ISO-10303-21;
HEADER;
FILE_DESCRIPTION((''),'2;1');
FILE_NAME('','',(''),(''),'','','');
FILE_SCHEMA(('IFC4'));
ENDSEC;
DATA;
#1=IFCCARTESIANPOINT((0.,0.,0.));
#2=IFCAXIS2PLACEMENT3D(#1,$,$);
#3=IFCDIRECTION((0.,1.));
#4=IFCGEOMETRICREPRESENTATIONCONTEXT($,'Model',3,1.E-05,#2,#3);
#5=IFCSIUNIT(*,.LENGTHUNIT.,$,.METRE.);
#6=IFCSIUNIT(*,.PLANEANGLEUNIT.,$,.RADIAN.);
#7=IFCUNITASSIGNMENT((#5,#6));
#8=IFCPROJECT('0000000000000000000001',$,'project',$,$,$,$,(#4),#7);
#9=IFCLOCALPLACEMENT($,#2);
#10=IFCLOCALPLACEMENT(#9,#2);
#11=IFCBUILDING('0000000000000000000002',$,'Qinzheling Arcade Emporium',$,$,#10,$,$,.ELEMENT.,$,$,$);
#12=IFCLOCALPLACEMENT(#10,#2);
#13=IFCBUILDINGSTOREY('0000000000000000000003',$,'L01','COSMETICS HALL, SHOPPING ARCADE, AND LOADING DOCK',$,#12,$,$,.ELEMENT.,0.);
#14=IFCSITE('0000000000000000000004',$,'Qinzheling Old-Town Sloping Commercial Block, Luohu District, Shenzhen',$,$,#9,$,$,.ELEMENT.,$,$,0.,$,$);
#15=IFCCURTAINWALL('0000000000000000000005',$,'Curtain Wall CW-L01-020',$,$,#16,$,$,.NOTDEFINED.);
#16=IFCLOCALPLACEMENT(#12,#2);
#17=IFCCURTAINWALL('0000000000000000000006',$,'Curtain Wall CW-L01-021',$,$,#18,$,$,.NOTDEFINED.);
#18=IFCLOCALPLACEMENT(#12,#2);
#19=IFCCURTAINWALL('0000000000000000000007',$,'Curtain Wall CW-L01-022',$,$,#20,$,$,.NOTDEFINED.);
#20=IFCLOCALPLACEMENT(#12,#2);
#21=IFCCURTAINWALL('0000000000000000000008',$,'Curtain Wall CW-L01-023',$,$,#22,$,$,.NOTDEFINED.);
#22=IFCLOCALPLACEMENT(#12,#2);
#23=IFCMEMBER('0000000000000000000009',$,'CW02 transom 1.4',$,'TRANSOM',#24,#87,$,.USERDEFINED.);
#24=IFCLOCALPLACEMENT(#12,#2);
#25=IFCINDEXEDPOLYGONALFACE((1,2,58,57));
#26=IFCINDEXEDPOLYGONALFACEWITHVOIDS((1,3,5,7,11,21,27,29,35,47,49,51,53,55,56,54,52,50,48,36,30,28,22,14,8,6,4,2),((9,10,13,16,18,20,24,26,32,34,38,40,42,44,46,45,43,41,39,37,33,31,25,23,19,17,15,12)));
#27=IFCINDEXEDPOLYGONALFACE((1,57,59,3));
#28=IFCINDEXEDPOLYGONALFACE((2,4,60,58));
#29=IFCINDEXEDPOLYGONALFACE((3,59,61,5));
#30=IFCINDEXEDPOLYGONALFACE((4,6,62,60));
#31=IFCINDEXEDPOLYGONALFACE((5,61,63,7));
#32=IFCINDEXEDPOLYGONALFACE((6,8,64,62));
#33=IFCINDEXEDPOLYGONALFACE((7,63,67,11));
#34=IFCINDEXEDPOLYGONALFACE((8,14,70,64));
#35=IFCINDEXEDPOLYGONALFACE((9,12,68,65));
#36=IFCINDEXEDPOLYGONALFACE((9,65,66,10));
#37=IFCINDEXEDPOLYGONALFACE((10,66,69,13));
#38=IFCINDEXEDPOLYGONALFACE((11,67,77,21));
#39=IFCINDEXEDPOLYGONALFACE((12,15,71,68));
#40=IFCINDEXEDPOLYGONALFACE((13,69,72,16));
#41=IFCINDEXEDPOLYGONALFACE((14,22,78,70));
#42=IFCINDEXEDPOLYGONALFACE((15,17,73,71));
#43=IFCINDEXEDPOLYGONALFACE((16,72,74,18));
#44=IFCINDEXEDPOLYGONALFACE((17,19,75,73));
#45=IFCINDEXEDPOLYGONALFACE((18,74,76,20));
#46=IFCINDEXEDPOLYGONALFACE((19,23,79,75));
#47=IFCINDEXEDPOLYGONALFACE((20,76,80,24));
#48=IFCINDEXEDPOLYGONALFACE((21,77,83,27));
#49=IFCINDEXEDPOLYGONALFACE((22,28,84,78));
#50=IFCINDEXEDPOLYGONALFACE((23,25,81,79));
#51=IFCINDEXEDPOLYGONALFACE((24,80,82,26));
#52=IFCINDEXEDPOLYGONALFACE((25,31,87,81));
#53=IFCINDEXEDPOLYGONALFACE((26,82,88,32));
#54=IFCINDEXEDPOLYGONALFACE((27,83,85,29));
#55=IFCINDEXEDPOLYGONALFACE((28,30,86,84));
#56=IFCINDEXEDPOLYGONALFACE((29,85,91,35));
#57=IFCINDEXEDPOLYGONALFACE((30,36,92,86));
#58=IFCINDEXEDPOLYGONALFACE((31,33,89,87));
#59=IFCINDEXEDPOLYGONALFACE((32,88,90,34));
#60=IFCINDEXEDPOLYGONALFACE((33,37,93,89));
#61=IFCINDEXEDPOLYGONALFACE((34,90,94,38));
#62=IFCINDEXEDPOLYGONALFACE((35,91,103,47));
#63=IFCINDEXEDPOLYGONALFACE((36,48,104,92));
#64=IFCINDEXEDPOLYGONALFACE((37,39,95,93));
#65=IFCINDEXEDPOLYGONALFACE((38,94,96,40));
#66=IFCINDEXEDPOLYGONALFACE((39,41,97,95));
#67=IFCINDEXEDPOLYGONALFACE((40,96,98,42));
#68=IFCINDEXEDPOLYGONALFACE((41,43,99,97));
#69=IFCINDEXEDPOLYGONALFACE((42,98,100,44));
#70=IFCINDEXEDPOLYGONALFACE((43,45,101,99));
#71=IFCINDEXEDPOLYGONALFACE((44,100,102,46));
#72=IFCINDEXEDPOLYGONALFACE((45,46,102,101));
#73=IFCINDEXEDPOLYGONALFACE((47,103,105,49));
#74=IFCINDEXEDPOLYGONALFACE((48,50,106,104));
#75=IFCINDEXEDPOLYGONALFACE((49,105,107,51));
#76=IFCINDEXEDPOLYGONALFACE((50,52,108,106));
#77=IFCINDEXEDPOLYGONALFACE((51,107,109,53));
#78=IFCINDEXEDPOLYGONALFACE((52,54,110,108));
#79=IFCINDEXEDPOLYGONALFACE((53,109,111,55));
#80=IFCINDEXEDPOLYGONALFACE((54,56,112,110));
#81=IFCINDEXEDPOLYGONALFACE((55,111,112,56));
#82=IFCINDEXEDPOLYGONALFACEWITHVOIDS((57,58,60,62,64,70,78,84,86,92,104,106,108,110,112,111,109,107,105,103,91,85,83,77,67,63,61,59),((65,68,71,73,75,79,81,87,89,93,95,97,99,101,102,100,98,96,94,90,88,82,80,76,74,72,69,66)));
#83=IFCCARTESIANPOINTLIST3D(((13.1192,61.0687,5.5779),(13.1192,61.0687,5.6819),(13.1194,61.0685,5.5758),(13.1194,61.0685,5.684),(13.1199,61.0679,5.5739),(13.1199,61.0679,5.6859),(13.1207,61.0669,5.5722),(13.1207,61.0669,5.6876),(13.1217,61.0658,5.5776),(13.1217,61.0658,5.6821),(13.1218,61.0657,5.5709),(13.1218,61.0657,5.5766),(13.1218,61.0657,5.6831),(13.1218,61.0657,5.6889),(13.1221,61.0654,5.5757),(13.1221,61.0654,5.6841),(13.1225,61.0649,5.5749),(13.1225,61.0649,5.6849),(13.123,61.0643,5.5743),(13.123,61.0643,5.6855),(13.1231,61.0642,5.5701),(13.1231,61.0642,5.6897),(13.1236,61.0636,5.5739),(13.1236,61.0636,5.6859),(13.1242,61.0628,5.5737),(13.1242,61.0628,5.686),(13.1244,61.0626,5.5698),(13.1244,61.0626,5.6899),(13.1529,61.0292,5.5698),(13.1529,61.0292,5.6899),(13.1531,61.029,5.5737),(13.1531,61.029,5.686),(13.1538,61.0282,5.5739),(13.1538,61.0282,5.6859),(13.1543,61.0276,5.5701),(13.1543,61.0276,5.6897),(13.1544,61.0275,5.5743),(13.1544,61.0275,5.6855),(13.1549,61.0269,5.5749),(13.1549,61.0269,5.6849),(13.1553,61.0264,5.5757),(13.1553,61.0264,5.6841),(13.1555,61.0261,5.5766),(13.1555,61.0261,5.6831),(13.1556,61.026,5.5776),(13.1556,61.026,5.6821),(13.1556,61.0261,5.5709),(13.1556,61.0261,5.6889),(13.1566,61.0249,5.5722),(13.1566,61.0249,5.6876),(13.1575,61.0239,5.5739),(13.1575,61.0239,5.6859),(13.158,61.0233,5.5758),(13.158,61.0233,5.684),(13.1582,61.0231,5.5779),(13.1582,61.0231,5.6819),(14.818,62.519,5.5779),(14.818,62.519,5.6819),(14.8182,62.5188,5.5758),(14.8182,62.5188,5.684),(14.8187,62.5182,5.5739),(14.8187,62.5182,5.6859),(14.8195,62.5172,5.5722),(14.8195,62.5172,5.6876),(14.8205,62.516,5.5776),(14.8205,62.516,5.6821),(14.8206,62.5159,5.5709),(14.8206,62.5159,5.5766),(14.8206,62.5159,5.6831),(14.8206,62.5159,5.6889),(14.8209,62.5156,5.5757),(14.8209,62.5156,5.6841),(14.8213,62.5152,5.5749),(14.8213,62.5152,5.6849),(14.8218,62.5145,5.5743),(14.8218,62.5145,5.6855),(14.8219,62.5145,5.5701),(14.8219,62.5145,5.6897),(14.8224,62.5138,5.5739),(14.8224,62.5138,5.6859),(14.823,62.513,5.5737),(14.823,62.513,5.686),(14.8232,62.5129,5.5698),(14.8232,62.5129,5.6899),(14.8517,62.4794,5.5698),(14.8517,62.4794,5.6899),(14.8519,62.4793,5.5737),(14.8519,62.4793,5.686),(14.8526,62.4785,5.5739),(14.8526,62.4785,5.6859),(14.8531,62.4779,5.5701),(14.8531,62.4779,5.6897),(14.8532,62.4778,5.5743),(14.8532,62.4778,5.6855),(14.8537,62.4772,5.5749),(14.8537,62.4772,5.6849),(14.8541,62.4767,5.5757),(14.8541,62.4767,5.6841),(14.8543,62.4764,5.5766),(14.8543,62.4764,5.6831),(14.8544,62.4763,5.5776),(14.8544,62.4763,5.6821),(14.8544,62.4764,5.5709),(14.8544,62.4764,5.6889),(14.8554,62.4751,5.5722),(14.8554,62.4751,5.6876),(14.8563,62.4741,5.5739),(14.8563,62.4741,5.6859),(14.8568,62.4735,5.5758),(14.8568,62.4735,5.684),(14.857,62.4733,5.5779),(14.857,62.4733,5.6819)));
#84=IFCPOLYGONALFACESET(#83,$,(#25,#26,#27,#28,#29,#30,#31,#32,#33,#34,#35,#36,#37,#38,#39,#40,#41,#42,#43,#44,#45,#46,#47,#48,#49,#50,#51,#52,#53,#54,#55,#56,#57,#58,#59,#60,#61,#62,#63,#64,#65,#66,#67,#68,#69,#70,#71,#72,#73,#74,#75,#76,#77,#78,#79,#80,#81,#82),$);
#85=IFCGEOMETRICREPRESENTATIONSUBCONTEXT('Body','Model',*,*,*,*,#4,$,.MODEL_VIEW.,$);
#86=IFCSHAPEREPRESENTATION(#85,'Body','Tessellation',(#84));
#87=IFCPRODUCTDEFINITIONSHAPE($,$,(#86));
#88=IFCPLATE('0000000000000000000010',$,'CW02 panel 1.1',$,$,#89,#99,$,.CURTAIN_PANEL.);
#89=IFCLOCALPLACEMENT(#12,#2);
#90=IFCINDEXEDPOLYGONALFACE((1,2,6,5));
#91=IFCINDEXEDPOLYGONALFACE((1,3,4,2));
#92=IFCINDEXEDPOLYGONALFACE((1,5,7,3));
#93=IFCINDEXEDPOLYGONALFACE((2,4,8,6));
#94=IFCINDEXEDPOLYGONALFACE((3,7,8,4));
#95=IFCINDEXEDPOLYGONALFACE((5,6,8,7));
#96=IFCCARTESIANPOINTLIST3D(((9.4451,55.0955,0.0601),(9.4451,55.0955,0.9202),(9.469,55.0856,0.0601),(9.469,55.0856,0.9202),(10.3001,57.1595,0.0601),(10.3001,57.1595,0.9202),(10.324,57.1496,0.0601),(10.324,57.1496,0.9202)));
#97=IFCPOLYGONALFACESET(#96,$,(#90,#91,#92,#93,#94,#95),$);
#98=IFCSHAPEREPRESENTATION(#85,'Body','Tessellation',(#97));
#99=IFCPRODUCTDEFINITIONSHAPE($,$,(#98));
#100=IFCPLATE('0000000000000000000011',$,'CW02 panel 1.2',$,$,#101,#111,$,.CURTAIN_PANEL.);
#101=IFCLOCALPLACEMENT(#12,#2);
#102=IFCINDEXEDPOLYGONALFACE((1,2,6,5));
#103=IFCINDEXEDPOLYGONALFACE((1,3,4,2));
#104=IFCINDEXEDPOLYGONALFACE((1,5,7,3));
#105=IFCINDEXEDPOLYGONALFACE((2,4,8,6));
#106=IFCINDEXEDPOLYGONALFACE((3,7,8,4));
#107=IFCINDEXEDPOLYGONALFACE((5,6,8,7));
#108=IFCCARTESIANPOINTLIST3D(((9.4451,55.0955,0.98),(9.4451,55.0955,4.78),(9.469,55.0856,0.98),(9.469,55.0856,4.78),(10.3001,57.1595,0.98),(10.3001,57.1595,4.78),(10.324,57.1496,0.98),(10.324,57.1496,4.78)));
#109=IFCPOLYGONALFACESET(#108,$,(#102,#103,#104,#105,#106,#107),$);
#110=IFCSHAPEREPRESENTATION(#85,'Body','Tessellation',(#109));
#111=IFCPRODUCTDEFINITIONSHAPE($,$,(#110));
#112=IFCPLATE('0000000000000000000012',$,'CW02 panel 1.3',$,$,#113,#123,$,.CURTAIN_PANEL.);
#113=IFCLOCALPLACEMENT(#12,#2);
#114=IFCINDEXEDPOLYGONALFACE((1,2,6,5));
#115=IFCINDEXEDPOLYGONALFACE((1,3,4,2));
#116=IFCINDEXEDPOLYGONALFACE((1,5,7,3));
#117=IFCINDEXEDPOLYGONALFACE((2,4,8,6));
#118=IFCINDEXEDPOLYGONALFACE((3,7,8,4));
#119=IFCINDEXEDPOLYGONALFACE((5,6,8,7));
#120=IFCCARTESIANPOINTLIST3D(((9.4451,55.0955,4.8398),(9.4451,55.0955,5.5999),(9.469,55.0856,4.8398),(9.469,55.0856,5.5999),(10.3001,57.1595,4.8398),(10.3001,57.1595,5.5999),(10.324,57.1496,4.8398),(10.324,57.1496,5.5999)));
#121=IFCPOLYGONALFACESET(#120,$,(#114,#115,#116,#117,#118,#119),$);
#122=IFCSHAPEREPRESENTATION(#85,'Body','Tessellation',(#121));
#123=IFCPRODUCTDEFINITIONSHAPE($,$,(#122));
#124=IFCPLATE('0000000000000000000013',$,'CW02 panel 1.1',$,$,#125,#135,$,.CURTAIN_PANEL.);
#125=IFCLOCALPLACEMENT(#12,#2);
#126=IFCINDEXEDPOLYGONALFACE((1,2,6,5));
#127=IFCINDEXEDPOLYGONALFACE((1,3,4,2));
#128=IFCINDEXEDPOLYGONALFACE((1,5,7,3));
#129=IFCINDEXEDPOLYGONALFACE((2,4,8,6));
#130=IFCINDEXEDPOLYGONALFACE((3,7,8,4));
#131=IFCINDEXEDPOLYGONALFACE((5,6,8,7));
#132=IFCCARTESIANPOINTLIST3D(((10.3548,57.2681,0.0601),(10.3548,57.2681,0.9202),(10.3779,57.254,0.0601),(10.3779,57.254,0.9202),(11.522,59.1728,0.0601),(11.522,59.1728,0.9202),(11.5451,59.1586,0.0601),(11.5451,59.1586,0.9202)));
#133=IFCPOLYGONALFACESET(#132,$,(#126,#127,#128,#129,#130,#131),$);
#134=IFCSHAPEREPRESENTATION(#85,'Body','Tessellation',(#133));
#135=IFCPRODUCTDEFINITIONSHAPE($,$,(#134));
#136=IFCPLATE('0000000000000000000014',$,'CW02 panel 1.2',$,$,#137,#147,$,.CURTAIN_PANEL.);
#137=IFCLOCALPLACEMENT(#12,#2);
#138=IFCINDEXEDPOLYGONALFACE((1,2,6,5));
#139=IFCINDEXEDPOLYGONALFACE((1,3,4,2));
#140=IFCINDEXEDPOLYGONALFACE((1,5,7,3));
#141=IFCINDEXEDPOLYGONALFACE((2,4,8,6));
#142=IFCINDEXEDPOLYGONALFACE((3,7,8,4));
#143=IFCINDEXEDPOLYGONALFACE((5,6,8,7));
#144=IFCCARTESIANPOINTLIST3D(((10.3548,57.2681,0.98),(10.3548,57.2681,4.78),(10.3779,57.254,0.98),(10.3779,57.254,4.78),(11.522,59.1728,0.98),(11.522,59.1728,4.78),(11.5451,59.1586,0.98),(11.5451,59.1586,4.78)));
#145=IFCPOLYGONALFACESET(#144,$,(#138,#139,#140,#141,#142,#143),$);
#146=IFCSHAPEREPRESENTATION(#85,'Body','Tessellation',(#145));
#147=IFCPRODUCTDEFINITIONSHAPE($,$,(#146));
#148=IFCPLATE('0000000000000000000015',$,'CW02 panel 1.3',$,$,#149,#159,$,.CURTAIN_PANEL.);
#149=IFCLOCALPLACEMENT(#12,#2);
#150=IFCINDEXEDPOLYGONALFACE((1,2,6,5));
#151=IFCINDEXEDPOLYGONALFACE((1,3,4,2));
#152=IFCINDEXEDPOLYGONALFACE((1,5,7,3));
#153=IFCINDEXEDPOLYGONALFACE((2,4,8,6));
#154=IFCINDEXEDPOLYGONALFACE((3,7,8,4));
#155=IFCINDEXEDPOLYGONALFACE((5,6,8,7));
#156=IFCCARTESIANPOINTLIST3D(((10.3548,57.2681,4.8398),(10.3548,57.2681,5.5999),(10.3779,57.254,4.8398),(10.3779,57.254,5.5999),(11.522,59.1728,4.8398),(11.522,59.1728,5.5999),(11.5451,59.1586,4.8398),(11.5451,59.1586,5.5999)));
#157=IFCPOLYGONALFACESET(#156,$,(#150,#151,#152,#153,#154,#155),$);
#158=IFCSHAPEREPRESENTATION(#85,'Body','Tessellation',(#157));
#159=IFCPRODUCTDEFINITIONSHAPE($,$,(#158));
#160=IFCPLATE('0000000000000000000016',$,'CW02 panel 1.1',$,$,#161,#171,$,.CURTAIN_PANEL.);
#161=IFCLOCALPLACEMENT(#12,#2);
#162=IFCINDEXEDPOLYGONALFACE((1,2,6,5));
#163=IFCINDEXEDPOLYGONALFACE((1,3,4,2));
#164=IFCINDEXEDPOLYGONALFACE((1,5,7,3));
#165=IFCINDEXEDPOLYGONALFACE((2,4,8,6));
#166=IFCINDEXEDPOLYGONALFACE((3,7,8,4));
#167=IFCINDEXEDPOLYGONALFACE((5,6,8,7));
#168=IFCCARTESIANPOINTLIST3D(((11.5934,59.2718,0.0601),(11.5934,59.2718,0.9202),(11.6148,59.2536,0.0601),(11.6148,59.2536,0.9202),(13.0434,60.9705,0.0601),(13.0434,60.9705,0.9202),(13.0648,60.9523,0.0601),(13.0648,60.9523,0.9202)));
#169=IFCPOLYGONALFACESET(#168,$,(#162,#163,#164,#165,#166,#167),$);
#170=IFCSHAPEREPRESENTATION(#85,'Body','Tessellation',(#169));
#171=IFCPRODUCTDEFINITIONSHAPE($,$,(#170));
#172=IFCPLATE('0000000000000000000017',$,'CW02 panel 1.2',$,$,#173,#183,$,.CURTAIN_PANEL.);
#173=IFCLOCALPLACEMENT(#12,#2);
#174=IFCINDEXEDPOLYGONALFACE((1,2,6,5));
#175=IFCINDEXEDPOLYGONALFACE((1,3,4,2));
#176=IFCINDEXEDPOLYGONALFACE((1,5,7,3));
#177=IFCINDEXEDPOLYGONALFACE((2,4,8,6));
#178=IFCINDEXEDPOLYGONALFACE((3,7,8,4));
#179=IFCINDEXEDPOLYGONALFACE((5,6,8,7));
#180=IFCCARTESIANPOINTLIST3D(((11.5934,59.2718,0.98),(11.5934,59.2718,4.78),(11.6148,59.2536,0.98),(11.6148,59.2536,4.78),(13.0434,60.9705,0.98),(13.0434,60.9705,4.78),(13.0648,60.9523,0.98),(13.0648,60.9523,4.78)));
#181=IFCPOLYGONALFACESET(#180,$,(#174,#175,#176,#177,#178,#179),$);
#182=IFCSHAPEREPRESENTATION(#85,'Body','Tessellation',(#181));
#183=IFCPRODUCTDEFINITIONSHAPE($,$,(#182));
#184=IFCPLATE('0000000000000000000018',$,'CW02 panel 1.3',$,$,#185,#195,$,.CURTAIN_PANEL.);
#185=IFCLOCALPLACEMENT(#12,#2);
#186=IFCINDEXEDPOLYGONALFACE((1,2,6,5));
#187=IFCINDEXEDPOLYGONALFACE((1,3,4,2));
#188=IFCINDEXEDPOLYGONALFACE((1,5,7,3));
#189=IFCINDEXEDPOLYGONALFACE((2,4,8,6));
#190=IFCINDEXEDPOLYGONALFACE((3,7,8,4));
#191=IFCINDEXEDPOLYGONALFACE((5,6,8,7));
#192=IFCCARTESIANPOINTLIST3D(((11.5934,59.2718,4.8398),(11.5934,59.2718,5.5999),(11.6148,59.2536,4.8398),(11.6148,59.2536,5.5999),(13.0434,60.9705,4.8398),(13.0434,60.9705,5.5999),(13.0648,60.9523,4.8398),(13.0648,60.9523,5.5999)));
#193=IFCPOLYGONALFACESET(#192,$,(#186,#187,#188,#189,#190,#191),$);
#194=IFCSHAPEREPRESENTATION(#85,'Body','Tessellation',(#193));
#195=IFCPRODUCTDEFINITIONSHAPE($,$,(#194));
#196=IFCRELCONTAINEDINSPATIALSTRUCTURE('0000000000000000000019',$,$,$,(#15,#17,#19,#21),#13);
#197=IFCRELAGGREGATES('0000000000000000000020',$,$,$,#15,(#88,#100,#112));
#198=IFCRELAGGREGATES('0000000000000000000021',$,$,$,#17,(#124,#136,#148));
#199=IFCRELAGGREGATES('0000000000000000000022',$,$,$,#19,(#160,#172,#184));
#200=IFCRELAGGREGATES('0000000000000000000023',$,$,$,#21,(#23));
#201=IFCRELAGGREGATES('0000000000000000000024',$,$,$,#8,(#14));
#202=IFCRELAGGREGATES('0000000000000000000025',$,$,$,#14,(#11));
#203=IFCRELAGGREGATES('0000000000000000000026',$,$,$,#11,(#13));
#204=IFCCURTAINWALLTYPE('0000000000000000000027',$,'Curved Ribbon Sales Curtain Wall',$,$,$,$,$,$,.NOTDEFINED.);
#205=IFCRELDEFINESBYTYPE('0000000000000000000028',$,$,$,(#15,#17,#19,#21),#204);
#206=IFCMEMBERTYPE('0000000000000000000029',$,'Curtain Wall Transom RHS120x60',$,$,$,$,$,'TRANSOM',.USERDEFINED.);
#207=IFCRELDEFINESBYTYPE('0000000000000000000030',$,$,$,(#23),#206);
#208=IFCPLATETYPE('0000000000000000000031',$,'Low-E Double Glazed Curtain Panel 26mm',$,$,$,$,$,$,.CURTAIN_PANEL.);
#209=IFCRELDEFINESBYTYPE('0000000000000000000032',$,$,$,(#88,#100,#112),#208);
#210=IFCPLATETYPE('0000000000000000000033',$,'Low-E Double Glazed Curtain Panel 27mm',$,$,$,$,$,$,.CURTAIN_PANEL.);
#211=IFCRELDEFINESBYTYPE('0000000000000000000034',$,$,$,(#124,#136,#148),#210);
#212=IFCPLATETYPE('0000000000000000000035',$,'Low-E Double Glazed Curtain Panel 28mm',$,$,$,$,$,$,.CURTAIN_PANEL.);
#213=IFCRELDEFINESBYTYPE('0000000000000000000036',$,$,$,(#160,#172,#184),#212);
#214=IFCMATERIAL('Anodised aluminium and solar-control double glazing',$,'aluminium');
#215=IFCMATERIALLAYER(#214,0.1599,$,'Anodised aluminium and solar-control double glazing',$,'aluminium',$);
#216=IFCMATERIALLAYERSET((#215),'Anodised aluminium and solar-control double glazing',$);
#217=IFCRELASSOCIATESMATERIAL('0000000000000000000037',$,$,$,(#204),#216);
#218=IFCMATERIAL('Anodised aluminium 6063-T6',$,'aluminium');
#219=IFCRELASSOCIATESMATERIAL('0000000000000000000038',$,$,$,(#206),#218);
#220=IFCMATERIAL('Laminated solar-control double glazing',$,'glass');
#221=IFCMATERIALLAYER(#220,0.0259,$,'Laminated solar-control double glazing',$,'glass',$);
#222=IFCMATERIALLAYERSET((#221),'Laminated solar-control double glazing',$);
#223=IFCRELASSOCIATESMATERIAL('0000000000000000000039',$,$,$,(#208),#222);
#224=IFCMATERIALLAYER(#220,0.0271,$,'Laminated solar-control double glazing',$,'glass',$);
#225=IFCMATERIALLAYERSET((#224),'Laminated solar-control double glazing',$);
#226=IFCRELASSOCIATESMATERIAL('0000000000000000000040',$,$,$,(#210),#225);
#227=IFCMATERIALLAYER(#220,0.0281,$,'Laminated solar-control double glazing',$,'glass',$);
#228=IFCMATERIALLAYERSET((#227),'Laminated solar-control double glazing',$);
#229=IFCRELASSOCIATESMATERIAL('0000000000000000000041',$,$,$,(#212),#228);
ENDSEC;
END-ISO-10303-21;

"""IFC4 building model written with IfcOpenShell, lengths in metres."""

from ifc_helpers import new_model, si_unit, direction, frame, origin, origin_2d, place, context, subcontext, project, spatial, rectangle, hollow_rectangle, extrude, material, layer, layer_set, material_profile, profile_set, type_object, element, aggregate, save


model = new_model("IFC4")

# Units and contexts
model_context = context("Model", 3, precision=1e-05, world=origin(), true_north=direction((0.0, 1.0)))
body_context = subcontext(model_context, "Body", "Model", "MODEL_VIEW")
ifc_project = project(units=[si_unit("LENGTHUNIT", "METRE"), si_unit("PLANEANGLEUNIT", "RADIAN")], contexts=[model_context])

# Site, building, storey
site_placement = place(None, origin())
site = spatial("IfcSite", under=ifc_project, at=site_placement, Name="Qinzheling Old-Town Sloping Commercial Block, Luohu District, Shenzhen", CompositionType="ELEMENT", RefElevation=0.0)
building_placement = place(site_placement, origin())
building = spatial("IfcBuilding", under=site, at=building_placement, Name="Qinzheling Arcade Emporium", CompositionType="ELEMENT")
storey_placement = place(building_placement, origin())
storey = spatial("IfcBuildingStorey", under=building, at=storey_placement, Name="L01", Description="COSMETICS HALL, SHOPPING ARCADE, AND LOADING DOCK", CompositionType="ELEMENT", Elevation=0.0)

# Curtain wall
ifc_material_1 = material(Name="Anodised aluminium and solar-control double glazing", Category="aluminium")
ifc_layer_1 = layer(ifc_material_1, 0.1599, Name="Anodised aluminium and solar-control double glazing", Category="aluminium")
ifc_layer_set_1 = layer_set([ifc_layer_1], Name="Anodised aluminium and solar-control double glazing")
curtain_wall_type = type_object("IfcCurtainWallType", Name="Curved Ribbon Sales Curtain Wall", PredefinedType="NOTDEFINED", material=ifc_layer_set_1)
curtain_wall_1_placement = place(storey_placement, origin())
curtain_wall_1 = element("IfcCurtainWall", 1, at=curtain_wall_1_placement, inside=storey, type_object=curtain_wall_type, Name="Curtain Wall CW-L01-020", PredefinedType="NOTDEFINED")
ifc_material_2 = material(Name="Anodised aluminium 6063-T6", Category="aluminium")

# Curtain walls
curtain_wall_2_placement = place(storey_placement, origin())
curtain_wall_2 = element("IfcCurtainWall", 2, at=curtain_wall_2_placement, inside=storey, type_object=curtain_wall_type, Name="Curtain Wall CW-L01-021", PredefinedType="NOTDEFINED")
curtain_wall_3_placement = place(storey_placement, origin())
curtain_wall_3 = element("IfcCurtainWall", 3, at=curtain_wall_3_placement, inside=storey, type_object=curtain_wall_type, Name="Curtain Wall CW-L01-022", PredefinedType="NOTDEFINED")
curtain_wall_4_placement = place(storey_placement, origin())
curtain_wall_4 = element("IfcCurtainWall", 4, at=curtain_wall_4_placement, inside=storey, type_object=curtain_wall_type, Name="Curtain Wall CW-L01-023", PredefinedType="NOTDEFINED")

# Member
ifc_material_profile_1 = material_profile(ifc_material_2, hollow_rectangle(XDim=0.0601, YDim=0.1201, WallThickness=0.0039, InnerFilletRadius=0.0039, OuterFilletRadius=0.0081, at=origin_2d()), Name="RHS 120x60x4", Category="aluminium")
ifc_profile_set_1 = profile_set([ifc_material_profile_1], Name="Anodised aluminium 6063-T6")
member_type_1 = type_object("IfcMemberType", Name="Curtain Wall Transom RHS120x60", ElementType="TRANSOM", PredefinedType="USERDEFINED", material=ifc_profile_set_1)
member_1_placement = place(storey_placement, frame((13.1387, 61.0459, 5.6299), z_axis=(0.760551, 0.649278, 0.0), x_axis=(-0.649278, 0.760551, 0.0)))
member_1 = element("IfcMember", 5, at=member_1_placement, type_object=member_type_1, Name="CW02 transom 1.4", ObjectType="TRANSOM", PredefinedType="USERDEFINED", context=body_context, shape_type="SweptSolid", body=[
    extrude(hollow_rectangle(XDim=0.0601, YDim=0.1201, WallThickness=0.0039, InnerFilletRadius=0.0039, OuterFilletRadius=0.0081, at=origin_2d()), origin(), (0.0, 0.0, 1.0), 2.2336),
])

# Plates
ifc_material_3 = material(Name="Laminated solar-control double glazing", Category="glass")
ifc_layer_2 = layer(ifc_material_3, 0.0259, Name="Laminated solar-control double glazing", Category="glass")
ifc_layer_set_2 = layer_set([ifc_layer_2], Name="Laminated solar-control double glazing")
plate_type_1 = type_object("IfcPlateType", Name="Low-E Double Glazed Curtain Panel 26mm", PredefinedType="CURTAIN_PANEL", material=ifc_layer_set_2)
plate_1_placement = place(storey_placement, frame((9.8845, 56.1226, 0.0601), z_axis=(0.0, 0.0, 1.0), x_axis=(0.382714, 0.923867, 0.0)))
plate_1 = element("IfcPlate", 6, at=plate_1_placement, type_object=plate_type_1, Name="CW02 panel 1.1", PredefinedType="CURTAIN_PANEL", context=body_context, shape_type="SweptSolid", body=[
    extrude(rectangle(XDim=2.2341, YDim=0.0259, at=origin_2d()), origin(), (0.0, 0.0, 1.0), 0.8601),
])
plate_2_placement = place(storey_placement, frame((9.8845, 56.1226, 0.98), z_axis=(0.0, 0.0, 1.0), x_axis=(0.382714, 0.923867, 0.0)))
plate_2 = element("IfcPlate", 7, at=plate_2_placement, type_object=plate_type_1, Name="CW02 panel 1.2", PredefinedType="CURTAIN_PANEL", context=body_context, shape_type="SweptSolid", body=[
    extrude(rectangle(XDim=2.2341, YDim=0.0259, at=origin_2d()), origin(), (0.0, 0.0, 1.0), 3.8),
])
plate_3_placement = place(storey_placement, frame((9.8845, 56.1226, 4.8398), z_axis=(0.0, 0.0, 1.0), x_axis=(0.382714, 0.923867, 0.0)))
plate_3 = element("IfcPlate", 8, at=plate_3_placement, type_object=plate_type_1, Name="CW02 panel 1.3", PredefinedType="CURTAIN_PANEL", context=body_context, shape_type="SweptSolid", body=[
    extrude(rectangle(XDim=2.2341, YDim=0.0259, at=origin_2d()), origin(), (0.0, 0.0, 1.0), 0.76),
])
aggregate(curtain_wall_1, [plate_1, plate_2, plate_3])
ifc_layer_3 = layer(ifc_material_3, 0.0271, Name="Laminated solar-control double glazing", Category="glass")
ifc_layer_set_3 = layer_set([ifc_layer_3], Name="Laminated solar-control double glazing")
plate_type_2 = type_object("IfcPlateType", Name="Low-E Double Glazed Curtain Panel 27mm", PredefinedType="CURTAIN_PANEL", material=ifc_layer_set_3)
plate_4_placement = place(storey_placement, frame((10.95, 58.2134, 0.0601), z_axis=(0.0, 0.0, 1.0), x_axis=(0.522532, 0.85262, 0.0)))
plate_4 = element("IfcPlate", 9, at=plate_4_placement, type_object=plate_type_2, Name="CW02 panel 1.1", PredefinedType="CURTAIN_PANEL", context=body_context, shape_type="SweptSolid", body=[
    extrude(rectangle(XDim=2.2339, YDim=0.0271, at=origin_2d()), origin(), (0.0, 0.0, 1.0), 0.8601),
])
plate_5_placement = place(storey_placement, frame((10.95, 58.2134, 0.98), z_axis=(0.0, 0.0, 1.0), x_axis=(0.522532, 0.85262, 0.0)))
plate_5 = element("IfcPlate", 10, at=plate_5_placement, type_object=plate_type_2, Name="CW02 panel 1.2", PredefinedType="CURTAIN_PANEL", context=body_context, shape_type="SweptSolid", body=[
    extrude(rectangle(XDim=2.2339, YDim=0.0271, at=origin_2d()), origin(), (0.0, 0.0, 1.0), 3.8),
])
plate_6_placement = place(storey_placement, frame((10.95, 58.2134, 4.8398), z_axis=(0.0, 0.0, 1.0), x_axis=(0.522532, 0.85262, 0.0)))
plate_6 = element("IfcPlate", 11, at=plate_6_placement, type_object=plate_type_2, Name="CW02 panel 1.3", PredefinedType="CURTAIN_PANEL", context=body_context, shape_type="SweptSolid", body=[
    extrude(rectangle(XDim=2.2339, YDim=0.0271, at=origin_2d()), origin(), (0.0, 0.0, 1.0), 0.76),
])
aggregate(curtain_wall_2, [plate_4, plate_5, plate_6])
ifc_layer_4 = layer(ifc_material_3, 0.0281, Name="Laminated solar-control double glazing", Category="glass")
ifc_layer_set_4 = layer_set([ifc_layer_4], Name="Laminated solar-control double glazing")
plate_type_3 = type_object("IfcPlateType", Name="Low-E Double Glazed Curtain Panel 28mm", PredefinedType="CURTAIN_PANEL", material=ifc_layer_set_4)
plate_7_placement = place(storey_placement, frame((12.3291, 60.1121, 0.0601), z_axis=(0.0, 0.0, 1.0), x_axis=(0.64925, 0.760575, 0.0)))
plate_7 = element("IfcPlate", 12, at=plate_7_placement, type_object=plate_type_3, Name="CW02 panel 1.1", PredefinedType="CURTAIN_PANEL", context=body_context, shape_type="SweptSolid", body=[
    extrude(rectangle(XDim=2.2334, YDim=0.0281, at=origin_2d()), origin(), (0.0, 0.0, 1.0), 0.8601),
])
plate_8_placement = place(storey_placement, frame((12.3291, 60.1121, 0.98), z_axis=(0.0, 0.0, 1.0), x_axis=(0.64925, 0.760575, 0.0)))
plate_8 = element("IfcPlate", 13, at=plate_8_placement, type_object=plate_type_3, Name="CW02 panel 1.2", PredefinedType="CURTAIN_PANEL", context=body_context, shape_type="SweptSolid", body=[
    extrude(rectangle(XDim=2.2334, YDim=0.0281, at=origin_2d()), origin(), (0.0, 0.0, 1.0), 3.8),
])
plate_9_placement = place(storey_placement, frame((12.3291, 60.1121, 4.8398), z_axis=(0.0, 0.0, 1.0), x_axis=(0.64925, 0.760575, 0.0)))
plate_9 = element("IfcPlate", 14, at=plate_9_placement, type_object=plate_type_3, Name="CW02 panel 1.3", PredefinedType="CURTAIN_PANEL", context=body_context, shape_type="SweptSolid", body=[
    extrude(rectangle(XDim=2.2334, YDim=0.0281, at=origin_2d()), origin(), (0.0, 0.0, 1.0), 0.76),
])
aggregate(curtain_wall_3, [plate_7, plate_8, plate_9])
aggregate(curtain_wall_4, [member_1])

save(model, "model.ifc")
